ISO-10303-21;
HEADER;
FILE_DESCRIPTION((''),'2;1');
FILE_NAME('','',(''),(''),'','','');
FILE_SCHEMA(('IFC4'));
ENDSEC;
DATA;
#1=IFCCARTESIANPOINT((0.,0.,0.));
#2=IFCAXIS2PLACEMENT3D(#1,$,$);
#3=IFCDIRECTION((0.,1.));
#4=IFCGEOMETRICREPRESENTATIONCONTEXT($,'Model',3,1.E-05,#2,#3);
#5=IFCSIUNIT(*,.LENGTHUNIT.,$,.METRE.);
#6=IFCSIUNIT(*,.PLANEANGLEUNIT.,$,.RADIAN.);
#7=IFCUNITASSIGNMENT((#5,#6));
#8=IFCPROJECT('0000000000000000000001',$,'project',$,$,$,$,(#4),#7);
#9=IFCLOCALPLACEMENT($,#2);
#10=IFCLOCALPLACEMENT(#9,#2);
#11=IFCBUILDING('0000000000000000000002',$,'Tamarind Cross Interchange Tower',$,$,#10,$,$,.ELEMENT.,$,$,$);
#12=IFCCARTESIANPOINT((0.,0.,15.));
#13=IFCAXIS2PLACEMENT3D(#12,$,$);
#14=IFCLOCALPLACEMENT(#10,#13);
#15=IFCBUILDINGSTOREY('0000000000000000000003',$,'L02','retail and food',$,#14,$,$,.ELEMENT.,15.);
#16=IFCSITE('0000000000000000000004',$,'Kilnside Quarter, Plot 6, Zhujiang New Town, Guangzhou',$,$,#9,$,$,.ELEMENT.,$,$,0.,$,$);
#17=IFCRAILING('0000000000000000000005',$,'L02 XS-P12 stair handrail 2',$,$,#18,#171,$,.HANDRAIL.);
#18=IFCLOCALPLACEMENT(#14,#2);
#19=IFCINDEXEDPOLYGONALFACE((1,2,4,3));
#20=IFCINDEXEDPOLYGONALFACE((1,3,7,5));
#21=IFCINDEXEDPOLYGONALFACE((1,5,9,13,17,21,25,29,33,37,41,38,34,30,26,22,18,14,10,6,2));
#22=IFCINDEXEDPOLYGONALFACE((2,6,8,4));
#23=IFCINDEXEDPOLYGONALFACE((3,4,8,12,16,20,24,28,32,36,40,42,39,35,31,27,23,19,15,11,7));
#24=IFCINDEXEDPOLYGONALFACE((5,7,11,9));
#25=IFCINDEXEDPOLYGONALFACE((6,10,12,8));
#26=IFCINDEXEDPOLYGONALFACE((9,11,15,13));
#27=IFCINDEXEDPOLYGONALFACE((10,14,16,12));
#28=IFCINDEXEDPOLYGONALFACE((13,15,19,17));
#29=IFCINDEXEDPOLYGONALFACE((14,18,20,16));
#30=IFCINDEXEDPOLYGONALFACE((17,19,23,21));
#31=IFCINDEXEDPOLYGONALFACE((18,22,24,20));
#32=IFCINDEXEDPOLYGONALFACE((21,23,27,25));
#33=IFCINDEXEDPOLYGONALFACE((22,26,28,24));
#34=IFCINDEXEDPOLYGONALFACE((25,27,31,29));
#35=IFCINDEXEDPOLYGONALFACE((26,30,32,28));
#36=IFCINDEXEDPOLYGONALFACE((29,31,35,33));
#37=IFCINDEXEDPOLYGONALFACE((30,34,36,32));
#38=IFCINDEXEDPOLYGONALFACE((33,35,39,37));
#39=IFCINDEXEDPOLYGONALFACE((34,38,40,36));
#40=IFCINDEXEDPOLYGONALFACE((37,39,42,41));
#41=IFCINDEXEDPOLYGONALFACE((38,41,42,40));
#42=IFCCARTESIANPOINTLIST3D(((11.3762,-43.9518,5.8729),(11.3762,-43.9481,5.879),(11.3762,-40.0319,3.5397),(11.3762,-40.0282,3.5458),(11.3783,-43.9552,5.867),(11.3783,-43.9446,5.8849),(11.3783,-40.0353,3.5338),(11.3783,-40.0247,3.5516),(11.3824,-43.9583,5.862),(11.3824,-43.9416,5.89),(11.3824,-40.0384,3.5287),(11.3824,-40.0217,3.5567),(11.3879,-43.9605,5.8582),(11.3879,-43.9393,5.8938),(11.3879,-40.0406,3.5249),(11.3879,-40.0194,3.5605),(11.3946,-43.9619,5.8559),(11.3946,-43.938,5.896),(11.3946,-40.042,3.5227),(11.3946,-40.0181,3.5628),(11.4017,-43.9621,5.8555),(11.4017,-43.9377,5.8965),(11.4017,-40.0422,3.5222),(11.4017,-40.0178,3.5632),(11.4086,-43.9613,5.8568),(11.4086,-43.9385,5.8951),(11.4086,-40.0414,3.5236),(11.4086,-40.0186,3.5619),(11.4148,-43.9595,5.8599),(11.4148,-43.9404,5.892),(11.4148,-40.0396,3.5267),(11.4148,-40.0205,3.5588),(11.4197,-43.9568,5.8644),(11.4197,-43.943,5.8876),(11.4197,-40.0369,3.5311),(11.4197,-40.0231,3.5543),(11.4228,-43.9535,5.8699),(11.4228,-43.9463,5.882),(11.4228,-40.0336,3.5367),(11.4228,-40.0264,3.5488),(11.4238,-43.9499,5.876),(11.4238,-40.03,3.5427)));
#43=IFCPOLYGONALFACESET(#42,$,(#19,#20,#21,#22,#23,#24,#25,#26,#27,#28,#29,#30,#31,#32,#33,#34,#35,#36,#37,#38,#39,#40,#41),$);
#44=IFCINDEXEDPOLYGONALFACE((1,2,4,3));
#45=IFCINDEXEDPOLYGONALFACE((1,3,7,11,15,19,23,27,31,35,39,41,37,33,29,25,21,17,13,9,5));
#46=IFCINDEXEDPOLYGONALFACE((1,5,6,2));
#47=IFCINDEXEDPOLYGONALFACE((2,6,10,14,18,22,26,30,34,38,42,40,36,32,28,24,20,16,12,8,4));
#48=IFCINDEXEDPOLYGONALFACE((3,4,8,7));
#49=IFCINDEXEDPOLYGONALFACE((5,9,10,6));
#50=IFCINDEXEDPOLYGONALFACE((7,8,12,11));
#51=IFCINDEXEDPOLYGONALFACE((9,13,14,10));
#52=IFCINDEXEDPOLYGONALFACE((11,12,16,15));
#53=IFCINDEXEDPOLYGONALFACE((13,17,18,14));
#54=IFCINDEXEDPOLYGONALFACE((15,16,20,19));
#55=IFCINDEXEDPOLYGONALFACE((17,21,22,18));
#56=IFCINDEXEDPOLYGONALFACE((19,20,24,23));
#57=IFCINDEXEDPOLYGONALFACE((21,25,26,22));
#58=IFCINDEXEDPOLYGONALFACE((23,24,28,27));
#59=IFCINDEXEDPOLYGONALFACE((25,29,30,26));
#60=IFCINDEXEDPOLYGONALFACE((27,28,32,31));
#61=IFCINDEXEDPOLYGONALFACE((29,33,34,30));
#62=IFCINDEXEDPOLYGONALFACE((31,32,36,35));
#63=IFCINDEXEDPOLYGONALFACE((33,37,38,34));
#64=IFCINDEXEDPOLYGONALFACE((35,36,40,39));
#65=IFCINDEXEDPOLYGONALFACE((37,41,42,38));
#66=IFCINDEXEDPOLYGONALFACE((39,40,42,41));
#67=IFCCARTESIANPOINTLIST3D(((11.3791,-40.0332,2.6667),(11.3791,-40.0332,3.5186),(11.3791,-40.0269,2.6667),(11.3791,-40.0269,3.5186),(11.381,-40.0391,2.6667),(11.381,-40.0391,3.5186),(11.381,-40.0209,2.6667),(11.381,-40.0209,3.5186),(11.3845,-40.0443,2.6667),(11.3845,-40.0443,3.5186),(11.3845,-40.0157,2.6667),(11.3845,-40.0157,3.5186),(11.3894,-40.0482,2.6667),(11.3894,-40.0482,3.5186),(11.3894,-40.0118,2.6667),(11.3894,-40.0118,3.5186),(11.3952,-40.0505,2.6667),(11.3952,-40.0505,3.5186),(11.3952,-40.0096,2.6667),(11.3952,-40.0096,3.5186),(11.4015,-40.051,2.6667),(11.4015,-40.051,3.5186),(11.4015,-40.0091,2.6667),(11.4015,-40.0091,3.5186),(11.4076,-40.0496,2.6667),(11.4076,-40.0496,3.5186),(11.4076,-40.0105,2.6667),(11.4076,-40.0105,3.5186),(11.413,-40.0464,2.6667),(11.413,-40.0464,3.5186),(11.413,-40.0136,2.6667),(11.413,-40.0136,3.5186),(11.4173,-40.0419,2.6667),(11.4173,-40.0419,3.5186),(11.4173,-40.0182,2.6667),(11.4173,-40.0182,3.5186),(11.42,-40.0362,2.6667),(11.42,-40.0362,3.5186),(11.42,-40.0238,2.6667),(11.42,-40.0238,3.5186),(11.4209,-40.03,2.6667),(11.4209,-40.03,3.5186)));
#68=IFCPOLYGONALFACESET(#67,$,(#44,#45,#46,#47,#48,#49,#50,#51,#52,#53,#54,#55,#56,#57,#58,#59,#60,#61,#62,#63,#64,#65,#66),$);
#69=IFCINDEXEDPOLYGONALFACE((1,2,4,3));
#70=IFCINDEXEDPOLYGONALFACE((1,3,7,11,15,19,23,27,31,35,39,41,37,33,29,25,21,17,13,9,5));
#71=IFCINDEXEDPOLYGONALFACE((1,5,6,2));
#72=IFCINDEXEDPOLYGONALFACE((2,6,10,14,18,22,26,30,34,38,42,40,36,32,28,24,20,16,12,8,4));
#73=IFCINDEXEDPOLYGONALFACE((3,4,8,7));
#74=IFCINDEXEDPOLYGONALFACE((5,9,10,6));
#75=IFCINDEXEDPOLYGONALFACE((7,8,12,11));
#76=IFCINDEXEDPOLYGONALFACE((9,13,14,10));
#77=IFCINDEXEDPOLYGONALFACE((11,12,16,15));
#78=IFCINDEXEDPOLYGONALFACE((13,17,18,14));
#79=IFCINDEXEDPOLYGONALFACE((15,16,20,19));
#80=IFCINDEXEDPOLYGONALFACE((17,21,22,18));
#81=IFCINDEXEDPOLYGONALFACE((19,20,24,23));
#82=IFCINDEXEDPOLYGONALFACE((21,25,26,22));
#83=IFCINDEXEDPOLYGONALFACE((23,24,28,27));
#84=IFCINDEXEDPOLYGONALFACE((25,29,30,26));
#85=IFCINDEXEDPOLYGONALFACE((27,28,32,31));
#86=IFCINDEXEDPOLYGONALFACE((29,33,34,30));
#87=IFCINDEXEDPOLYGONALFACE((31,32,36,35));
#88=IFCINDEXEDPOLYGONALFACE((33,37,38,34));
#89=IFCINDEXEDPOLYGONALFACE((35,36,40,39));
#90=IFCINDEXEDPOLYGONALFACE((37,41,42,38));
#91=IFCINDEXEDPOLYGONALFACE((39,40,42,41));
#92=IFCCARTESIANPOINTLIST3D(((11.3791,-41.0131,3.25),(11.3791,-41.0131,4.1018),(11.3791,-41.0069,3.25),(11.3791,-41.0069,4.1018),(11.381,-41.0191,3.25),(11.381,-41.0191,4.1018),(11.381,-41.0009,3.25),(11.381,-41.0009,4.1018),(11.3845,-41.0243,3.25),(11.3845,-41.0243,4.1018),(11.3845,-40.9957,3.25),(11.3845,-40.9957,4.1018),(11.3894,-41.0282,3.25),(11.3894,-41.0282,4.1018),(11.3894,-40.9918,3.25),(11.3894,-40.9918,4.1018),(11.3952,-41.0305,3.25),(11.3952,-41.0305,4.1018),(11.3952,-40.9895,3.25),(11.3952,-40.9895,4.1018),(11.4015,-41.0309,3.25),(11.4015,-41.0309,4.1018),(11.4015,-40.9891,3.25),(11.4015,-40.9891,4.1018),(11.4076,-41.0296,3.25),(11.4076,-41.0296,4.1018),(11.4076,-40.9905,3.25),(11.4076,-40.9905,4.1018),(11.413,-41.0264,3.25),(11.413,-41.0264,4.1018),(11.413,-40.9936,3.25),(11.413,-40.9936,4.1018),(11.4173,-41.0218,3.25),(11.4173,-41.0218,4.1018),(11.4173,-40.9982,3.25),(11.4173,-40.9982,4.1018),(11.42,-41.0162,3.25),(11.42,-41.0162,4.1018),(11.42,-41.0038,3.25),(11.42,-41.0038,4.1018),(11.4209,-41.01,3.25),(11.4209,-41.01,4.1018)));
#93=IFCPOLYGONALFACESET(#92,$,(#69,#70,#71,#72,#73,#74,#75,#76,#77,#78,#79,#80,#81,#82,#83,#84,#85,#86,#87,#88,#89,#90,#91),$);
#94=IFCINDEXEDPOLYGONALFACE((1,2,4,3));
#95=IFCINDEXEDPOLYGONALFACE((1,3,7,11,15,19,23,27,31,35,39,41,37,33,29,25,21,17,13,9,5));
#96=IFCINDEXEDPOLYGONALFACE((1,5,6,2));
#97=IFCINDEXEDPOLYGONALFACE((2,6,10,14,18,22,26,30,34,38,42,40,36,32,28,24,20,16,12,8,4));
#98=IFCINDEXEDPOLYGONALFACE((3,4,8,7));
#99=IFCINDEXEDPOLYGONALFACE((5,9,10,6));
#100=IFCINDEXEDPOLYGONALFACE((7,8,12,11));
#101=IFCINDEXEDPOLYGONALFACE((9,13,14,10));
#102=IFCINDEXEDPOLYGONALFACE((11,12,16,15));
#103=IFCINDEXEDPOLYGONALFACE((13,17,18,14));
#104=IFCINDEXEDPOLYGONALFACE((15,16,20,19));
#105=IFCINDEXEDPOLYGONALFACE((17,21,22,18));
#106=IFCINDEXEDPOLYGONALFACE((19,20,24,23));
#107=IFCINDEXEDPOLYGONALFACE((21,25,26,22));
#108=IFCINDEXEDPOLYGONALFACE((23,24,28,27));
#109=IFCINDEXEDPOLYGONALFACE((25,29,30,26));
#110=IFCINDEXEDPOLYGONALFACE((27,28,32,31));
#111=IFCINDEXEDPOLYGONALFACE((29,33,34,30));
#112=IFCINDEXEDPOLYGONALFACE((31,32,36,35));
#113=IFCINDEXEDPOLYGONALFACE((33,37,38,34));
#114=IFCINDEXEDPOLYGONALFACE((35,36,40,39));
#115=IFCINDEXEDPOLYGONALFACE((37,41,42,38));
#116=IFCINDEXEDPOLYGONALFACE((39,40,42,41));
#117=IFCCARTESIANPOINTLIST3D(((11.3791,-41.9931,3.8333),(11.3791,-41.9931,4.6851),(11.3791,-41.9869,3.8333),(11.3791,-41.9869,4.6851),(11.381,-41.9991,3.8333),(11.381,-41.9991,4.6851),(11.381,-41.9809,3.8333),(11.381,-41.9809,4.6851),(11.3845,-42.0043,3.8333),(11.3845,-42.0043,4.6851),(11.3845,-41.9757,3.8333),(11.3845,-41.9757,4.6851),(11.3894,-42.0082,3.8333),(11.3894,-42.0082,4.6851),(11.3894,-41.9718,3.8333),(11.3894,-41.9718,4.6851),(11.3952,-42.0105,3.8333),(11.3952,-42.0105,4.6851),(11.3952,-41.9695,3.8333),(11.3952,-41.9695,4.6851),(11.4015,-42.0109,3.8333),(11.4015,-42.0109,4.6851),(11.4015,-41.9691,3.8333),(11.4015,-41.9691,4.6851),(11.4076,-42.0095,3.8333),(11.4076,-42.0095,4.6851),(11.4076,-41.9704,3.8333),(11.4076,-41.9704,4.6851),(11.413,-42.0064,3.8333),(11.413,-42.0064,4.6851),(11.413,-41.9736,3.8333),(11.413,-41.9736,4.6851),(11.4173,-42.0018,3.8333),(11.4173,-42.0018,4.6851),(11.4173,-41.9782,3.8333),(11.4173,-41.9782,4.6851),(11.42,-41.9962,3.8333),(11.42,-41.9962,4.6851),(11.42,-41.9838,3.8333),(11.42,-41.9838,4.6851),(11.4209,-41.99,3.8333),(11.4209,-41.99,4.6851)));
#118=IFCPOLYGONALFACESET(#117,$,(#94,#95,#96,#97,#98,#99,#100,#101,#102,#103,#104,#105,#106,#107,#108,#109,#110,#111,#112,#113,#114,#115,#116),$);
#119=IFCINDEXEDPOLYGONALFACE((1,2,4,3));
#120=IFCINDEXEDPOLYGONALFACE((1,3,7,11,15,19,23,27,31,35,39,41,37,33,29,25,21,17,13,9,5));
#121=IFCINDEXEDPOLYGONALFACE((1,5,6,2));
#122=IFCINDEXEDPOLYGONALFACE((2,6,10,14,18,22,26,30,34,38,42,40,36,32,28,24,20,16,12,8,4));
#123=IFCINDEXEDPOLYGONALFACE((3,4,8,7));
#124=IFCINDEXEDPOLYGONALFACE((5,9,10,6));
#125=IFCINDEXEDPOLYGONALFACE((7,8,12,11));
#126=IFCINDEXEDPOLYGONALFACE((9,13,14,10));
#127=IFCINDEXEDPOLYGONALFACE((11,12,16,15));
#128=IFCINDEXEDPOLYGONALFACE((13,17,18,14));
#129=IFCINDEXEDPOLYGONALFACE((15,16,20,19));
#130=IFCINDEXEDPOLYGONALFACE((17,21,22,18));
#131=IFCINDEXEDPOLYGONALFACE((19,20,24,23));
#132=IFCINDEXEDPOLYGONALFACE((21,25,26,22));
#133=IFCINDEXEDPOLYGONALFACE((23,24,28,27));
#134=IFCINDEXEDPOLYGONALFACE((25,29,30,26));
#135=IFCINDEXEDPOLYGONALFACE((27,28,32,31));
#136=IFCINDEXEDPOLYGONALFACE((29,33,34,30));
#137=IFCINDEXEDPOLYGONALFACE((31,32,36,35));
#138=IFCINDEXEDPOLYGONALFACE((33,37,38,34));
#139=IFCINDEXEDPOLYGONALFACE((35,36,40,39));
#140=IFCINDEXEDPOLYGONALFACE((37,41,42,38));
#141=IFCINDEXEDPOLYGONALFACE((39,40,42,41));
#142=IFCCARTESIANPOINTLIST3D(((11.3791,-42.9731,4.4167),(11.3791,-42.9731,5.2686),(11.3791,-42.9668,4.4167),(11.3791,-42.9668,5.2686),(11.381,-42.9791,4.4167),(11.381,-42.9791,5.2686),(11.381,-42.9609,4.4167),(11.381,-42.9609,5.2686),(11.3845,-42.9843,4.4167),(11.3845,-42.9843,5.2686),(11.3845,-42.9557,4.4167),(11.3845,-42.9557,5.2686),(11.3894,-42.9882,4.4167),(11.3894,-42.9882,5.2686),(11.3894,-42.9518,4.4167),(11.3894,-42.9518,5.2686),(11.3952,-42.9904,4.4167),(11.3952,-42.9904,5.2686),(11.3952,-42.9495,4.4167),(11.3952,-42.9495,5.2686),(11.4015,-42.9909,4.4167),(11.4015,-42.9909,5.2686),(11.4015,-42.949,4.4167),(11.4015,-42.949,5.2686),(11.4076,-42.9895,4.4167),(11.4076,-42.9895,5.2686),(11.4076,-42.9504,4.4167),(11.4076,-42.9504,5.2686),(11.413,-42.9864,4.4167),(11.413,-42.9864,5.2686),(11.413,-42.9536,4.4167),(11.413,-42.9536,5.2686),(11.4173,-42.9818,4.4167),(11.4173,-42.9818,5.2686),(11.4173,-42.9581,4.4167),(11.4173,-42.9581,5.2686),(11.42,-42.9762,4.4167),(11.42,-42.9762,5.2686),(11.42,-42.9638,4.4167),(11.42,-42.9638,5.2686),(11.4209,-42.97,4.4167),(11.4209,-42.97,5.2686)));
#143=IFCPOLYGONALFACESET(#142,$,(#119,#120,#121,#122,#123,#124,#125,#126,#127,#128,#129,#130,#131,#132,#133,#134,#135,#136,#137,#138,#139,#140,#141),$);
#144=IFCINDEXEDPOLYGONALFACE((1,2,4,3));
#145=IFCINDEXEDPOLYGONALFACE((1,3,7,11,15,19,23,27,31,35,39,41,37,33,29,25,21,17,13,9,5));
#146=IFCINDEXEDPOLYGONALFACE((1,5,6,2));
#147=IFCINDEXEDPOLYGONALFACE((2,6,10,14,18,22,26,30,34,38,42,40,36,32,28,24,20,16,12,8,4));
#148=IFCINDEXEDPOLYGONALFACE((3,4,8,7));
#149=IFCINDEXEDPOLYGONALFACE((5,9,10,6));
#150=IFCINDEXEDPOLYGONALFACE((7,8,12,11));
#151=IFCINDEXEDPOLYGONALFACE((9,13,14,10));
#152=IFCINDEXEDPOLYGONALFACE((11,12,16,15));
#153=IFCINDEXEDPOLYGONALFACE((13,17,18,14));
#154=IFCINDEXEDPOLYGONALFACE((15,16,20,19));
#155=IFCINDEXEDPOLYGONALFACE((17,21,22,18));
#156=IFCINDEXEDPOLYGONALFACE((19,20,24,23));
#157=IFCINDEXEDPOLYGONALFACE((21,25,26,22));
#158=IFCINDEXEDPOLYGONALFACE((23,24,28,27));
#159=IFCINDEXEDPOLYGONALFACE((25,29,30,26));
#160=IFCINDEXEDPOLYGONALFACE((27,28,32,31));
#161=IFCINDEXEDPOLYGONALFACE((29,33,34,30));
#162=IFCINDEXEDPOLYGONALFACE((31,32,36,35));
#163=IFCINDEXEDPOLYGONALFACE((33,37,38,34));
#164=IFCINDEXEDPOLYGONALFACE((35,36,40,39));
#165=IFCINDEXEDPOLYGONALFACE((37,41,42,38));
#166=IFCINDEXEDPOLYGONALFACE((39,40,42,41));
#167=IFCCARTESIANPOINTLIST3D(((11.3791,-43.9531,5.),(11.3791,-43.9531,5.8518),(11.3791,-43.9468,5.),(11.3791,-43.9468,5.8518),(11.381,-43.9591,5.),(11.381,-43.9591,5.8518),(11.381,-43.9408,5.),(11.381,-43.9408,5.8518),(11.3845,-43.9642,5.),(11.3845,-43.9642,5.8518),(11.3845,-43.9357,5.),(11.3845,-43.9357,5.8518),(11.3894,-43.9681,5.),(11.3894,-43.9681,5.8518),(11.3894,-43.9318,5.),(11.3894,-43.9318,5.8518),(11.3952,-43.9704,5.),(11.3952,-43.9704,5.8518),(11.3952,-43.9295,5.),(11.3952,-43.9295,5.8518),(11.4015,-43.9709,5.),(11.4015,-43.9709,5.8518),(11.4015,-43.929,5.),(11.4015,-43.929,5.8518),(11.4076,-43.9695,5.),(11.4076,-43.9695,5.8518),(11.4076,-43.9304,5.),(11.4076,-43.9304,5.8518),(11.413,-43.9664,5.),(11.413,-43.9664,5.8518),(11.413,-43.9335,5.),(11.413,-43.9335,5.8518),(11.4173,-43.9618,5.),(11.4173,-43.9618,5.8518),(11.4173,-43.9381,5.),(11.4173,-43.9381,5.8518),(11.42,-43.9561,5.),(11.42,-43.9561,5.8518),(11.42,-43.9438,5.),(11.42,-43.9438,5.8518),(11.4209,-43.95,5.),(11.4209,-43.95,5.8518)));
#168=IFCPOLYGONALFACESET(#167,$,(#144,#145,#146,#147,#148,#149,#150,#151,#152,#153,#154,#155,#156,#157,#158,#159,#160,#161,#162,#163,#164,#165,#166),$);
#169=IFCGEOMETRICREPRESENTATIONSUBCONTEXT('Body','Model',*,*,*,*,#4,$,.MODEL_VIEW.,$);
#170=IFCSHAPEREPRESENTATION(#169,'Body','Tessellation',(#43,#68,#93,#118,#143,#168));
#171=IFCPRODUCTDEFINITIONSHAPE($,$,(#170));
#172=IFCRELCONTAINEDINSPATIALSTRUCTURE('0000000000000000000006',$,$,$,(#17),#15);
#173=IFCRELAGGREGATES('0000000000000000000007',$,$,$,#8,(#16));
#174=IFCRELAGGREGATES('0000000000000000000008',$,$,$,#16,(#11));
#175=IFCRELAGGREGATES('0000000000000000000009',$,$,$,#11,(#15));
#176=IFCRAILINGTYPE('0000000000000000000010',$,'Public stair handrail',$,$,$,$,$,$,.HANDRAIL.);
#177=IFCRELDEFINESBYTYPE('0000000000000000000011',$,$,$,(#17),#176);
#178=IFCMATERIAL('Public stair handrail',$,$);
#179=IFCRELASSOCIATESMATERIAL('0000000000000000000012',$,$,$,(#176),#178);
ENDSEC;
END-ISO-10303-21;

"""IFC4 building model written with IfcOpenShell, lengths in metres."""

from ifc_helpers import new_model, si_unit, direction, frame, origin, origin_2d, place, context, subcontext, project, spatial, circle, extrude, material, type_object, element, save


model = new_model("IFC4")

# Units and contexts
model_context = context("Model", 3, precision=1e-05, world=origin(), true_north=direction((0.0, 1.0)))
body_context = subcontext(model_context, "Body", "Model", "MODEL_VIEW")
ifc_project = project(units=[si_unit("LENGTHUNIT", "METRE"), si_unit("PLANEANGLEUNIT", "RADIAN")], contexts=[model_context])

# Site, building, storey
site_placement = place(None, origin())
site = spatial("IfcSite", under=ifc_project, at=site_placement, Name="Kilnside Quarter, Plot 6, Zhujiang New Town, Guangzhou", CompositionType="ELEMENT", RefElevation=0.0)
building_placement = place(site_placement, origin())
building = spatial("IfcBuilding", under=site, at=building_placement, Name="Tamarind Cross Interchange Tower", CompositionType="ELEMENT")
storey_placement = place(building_placement, frame((0.0, 0.0, 15.0)))
storey = spatial("IfcBuildingStorey", under=building, at=storey_placement, Name="L02", Description="retail and food", CompositionType="ELEMENT", Elevation=15.0)

# Railing
ifc_material_1 = material(Name="Public stair handrail")
railing_type_1 = type_object("IfcRailingType", Name="Public stair handrail", PredefinedType="HANDRAIL", material=ifc_material_1)
railing_1_placement = place(storey_placement, frame((11.3999, -40.03, 2.6667)))
element("IfcRailing", 1, at=railing_1_placement, inside=storey, type_object=railing_type_1, Name="L02 XS-P12 stair handrail 2", PredefinedType="HANDRAIL", context=body_context, shape_type="SweptSolid", body=[
    extrude(circle(Radius=0.0239, at=origin_2d()), frame((0.0, 0.0, 0.876), z_axis=(0.0, -0.859296, 0.511478), x_axis=(1.0, 0.0, 0.0)), (0.0, 0.0, 1.0), 4.5618),
    extrude(circle(Radius=0.021, at=origin_2d()), origin(), (0.0, 0.0, 1.0), 0.8518),
    extrude(circle(Radius=0.021, at=origin_2d()), frame((0.0, -0.98, 0.5833)), (0.0, 0.0, 1.0), 0.8518),
    extrude(circle(Radius=0.021, at=origin_2d()), frame((0.0, -1.96, 1.1665)), (0.0, 0.0, 1.0), 0.8518),
    extrude(circle(Radius=0.021, at=origin_2d()), frame((0.0, -2.9399, 1.75)), (0.0, 0.0, 1.0), 0.8518),
    extrude(circle(Radius=0.021, at=origin_2d()), frame((0.0, -3.9199, 2.3333)), (0.0, 0.0, 1.0), 0.8518),
])

save(model, "model.ifc")
